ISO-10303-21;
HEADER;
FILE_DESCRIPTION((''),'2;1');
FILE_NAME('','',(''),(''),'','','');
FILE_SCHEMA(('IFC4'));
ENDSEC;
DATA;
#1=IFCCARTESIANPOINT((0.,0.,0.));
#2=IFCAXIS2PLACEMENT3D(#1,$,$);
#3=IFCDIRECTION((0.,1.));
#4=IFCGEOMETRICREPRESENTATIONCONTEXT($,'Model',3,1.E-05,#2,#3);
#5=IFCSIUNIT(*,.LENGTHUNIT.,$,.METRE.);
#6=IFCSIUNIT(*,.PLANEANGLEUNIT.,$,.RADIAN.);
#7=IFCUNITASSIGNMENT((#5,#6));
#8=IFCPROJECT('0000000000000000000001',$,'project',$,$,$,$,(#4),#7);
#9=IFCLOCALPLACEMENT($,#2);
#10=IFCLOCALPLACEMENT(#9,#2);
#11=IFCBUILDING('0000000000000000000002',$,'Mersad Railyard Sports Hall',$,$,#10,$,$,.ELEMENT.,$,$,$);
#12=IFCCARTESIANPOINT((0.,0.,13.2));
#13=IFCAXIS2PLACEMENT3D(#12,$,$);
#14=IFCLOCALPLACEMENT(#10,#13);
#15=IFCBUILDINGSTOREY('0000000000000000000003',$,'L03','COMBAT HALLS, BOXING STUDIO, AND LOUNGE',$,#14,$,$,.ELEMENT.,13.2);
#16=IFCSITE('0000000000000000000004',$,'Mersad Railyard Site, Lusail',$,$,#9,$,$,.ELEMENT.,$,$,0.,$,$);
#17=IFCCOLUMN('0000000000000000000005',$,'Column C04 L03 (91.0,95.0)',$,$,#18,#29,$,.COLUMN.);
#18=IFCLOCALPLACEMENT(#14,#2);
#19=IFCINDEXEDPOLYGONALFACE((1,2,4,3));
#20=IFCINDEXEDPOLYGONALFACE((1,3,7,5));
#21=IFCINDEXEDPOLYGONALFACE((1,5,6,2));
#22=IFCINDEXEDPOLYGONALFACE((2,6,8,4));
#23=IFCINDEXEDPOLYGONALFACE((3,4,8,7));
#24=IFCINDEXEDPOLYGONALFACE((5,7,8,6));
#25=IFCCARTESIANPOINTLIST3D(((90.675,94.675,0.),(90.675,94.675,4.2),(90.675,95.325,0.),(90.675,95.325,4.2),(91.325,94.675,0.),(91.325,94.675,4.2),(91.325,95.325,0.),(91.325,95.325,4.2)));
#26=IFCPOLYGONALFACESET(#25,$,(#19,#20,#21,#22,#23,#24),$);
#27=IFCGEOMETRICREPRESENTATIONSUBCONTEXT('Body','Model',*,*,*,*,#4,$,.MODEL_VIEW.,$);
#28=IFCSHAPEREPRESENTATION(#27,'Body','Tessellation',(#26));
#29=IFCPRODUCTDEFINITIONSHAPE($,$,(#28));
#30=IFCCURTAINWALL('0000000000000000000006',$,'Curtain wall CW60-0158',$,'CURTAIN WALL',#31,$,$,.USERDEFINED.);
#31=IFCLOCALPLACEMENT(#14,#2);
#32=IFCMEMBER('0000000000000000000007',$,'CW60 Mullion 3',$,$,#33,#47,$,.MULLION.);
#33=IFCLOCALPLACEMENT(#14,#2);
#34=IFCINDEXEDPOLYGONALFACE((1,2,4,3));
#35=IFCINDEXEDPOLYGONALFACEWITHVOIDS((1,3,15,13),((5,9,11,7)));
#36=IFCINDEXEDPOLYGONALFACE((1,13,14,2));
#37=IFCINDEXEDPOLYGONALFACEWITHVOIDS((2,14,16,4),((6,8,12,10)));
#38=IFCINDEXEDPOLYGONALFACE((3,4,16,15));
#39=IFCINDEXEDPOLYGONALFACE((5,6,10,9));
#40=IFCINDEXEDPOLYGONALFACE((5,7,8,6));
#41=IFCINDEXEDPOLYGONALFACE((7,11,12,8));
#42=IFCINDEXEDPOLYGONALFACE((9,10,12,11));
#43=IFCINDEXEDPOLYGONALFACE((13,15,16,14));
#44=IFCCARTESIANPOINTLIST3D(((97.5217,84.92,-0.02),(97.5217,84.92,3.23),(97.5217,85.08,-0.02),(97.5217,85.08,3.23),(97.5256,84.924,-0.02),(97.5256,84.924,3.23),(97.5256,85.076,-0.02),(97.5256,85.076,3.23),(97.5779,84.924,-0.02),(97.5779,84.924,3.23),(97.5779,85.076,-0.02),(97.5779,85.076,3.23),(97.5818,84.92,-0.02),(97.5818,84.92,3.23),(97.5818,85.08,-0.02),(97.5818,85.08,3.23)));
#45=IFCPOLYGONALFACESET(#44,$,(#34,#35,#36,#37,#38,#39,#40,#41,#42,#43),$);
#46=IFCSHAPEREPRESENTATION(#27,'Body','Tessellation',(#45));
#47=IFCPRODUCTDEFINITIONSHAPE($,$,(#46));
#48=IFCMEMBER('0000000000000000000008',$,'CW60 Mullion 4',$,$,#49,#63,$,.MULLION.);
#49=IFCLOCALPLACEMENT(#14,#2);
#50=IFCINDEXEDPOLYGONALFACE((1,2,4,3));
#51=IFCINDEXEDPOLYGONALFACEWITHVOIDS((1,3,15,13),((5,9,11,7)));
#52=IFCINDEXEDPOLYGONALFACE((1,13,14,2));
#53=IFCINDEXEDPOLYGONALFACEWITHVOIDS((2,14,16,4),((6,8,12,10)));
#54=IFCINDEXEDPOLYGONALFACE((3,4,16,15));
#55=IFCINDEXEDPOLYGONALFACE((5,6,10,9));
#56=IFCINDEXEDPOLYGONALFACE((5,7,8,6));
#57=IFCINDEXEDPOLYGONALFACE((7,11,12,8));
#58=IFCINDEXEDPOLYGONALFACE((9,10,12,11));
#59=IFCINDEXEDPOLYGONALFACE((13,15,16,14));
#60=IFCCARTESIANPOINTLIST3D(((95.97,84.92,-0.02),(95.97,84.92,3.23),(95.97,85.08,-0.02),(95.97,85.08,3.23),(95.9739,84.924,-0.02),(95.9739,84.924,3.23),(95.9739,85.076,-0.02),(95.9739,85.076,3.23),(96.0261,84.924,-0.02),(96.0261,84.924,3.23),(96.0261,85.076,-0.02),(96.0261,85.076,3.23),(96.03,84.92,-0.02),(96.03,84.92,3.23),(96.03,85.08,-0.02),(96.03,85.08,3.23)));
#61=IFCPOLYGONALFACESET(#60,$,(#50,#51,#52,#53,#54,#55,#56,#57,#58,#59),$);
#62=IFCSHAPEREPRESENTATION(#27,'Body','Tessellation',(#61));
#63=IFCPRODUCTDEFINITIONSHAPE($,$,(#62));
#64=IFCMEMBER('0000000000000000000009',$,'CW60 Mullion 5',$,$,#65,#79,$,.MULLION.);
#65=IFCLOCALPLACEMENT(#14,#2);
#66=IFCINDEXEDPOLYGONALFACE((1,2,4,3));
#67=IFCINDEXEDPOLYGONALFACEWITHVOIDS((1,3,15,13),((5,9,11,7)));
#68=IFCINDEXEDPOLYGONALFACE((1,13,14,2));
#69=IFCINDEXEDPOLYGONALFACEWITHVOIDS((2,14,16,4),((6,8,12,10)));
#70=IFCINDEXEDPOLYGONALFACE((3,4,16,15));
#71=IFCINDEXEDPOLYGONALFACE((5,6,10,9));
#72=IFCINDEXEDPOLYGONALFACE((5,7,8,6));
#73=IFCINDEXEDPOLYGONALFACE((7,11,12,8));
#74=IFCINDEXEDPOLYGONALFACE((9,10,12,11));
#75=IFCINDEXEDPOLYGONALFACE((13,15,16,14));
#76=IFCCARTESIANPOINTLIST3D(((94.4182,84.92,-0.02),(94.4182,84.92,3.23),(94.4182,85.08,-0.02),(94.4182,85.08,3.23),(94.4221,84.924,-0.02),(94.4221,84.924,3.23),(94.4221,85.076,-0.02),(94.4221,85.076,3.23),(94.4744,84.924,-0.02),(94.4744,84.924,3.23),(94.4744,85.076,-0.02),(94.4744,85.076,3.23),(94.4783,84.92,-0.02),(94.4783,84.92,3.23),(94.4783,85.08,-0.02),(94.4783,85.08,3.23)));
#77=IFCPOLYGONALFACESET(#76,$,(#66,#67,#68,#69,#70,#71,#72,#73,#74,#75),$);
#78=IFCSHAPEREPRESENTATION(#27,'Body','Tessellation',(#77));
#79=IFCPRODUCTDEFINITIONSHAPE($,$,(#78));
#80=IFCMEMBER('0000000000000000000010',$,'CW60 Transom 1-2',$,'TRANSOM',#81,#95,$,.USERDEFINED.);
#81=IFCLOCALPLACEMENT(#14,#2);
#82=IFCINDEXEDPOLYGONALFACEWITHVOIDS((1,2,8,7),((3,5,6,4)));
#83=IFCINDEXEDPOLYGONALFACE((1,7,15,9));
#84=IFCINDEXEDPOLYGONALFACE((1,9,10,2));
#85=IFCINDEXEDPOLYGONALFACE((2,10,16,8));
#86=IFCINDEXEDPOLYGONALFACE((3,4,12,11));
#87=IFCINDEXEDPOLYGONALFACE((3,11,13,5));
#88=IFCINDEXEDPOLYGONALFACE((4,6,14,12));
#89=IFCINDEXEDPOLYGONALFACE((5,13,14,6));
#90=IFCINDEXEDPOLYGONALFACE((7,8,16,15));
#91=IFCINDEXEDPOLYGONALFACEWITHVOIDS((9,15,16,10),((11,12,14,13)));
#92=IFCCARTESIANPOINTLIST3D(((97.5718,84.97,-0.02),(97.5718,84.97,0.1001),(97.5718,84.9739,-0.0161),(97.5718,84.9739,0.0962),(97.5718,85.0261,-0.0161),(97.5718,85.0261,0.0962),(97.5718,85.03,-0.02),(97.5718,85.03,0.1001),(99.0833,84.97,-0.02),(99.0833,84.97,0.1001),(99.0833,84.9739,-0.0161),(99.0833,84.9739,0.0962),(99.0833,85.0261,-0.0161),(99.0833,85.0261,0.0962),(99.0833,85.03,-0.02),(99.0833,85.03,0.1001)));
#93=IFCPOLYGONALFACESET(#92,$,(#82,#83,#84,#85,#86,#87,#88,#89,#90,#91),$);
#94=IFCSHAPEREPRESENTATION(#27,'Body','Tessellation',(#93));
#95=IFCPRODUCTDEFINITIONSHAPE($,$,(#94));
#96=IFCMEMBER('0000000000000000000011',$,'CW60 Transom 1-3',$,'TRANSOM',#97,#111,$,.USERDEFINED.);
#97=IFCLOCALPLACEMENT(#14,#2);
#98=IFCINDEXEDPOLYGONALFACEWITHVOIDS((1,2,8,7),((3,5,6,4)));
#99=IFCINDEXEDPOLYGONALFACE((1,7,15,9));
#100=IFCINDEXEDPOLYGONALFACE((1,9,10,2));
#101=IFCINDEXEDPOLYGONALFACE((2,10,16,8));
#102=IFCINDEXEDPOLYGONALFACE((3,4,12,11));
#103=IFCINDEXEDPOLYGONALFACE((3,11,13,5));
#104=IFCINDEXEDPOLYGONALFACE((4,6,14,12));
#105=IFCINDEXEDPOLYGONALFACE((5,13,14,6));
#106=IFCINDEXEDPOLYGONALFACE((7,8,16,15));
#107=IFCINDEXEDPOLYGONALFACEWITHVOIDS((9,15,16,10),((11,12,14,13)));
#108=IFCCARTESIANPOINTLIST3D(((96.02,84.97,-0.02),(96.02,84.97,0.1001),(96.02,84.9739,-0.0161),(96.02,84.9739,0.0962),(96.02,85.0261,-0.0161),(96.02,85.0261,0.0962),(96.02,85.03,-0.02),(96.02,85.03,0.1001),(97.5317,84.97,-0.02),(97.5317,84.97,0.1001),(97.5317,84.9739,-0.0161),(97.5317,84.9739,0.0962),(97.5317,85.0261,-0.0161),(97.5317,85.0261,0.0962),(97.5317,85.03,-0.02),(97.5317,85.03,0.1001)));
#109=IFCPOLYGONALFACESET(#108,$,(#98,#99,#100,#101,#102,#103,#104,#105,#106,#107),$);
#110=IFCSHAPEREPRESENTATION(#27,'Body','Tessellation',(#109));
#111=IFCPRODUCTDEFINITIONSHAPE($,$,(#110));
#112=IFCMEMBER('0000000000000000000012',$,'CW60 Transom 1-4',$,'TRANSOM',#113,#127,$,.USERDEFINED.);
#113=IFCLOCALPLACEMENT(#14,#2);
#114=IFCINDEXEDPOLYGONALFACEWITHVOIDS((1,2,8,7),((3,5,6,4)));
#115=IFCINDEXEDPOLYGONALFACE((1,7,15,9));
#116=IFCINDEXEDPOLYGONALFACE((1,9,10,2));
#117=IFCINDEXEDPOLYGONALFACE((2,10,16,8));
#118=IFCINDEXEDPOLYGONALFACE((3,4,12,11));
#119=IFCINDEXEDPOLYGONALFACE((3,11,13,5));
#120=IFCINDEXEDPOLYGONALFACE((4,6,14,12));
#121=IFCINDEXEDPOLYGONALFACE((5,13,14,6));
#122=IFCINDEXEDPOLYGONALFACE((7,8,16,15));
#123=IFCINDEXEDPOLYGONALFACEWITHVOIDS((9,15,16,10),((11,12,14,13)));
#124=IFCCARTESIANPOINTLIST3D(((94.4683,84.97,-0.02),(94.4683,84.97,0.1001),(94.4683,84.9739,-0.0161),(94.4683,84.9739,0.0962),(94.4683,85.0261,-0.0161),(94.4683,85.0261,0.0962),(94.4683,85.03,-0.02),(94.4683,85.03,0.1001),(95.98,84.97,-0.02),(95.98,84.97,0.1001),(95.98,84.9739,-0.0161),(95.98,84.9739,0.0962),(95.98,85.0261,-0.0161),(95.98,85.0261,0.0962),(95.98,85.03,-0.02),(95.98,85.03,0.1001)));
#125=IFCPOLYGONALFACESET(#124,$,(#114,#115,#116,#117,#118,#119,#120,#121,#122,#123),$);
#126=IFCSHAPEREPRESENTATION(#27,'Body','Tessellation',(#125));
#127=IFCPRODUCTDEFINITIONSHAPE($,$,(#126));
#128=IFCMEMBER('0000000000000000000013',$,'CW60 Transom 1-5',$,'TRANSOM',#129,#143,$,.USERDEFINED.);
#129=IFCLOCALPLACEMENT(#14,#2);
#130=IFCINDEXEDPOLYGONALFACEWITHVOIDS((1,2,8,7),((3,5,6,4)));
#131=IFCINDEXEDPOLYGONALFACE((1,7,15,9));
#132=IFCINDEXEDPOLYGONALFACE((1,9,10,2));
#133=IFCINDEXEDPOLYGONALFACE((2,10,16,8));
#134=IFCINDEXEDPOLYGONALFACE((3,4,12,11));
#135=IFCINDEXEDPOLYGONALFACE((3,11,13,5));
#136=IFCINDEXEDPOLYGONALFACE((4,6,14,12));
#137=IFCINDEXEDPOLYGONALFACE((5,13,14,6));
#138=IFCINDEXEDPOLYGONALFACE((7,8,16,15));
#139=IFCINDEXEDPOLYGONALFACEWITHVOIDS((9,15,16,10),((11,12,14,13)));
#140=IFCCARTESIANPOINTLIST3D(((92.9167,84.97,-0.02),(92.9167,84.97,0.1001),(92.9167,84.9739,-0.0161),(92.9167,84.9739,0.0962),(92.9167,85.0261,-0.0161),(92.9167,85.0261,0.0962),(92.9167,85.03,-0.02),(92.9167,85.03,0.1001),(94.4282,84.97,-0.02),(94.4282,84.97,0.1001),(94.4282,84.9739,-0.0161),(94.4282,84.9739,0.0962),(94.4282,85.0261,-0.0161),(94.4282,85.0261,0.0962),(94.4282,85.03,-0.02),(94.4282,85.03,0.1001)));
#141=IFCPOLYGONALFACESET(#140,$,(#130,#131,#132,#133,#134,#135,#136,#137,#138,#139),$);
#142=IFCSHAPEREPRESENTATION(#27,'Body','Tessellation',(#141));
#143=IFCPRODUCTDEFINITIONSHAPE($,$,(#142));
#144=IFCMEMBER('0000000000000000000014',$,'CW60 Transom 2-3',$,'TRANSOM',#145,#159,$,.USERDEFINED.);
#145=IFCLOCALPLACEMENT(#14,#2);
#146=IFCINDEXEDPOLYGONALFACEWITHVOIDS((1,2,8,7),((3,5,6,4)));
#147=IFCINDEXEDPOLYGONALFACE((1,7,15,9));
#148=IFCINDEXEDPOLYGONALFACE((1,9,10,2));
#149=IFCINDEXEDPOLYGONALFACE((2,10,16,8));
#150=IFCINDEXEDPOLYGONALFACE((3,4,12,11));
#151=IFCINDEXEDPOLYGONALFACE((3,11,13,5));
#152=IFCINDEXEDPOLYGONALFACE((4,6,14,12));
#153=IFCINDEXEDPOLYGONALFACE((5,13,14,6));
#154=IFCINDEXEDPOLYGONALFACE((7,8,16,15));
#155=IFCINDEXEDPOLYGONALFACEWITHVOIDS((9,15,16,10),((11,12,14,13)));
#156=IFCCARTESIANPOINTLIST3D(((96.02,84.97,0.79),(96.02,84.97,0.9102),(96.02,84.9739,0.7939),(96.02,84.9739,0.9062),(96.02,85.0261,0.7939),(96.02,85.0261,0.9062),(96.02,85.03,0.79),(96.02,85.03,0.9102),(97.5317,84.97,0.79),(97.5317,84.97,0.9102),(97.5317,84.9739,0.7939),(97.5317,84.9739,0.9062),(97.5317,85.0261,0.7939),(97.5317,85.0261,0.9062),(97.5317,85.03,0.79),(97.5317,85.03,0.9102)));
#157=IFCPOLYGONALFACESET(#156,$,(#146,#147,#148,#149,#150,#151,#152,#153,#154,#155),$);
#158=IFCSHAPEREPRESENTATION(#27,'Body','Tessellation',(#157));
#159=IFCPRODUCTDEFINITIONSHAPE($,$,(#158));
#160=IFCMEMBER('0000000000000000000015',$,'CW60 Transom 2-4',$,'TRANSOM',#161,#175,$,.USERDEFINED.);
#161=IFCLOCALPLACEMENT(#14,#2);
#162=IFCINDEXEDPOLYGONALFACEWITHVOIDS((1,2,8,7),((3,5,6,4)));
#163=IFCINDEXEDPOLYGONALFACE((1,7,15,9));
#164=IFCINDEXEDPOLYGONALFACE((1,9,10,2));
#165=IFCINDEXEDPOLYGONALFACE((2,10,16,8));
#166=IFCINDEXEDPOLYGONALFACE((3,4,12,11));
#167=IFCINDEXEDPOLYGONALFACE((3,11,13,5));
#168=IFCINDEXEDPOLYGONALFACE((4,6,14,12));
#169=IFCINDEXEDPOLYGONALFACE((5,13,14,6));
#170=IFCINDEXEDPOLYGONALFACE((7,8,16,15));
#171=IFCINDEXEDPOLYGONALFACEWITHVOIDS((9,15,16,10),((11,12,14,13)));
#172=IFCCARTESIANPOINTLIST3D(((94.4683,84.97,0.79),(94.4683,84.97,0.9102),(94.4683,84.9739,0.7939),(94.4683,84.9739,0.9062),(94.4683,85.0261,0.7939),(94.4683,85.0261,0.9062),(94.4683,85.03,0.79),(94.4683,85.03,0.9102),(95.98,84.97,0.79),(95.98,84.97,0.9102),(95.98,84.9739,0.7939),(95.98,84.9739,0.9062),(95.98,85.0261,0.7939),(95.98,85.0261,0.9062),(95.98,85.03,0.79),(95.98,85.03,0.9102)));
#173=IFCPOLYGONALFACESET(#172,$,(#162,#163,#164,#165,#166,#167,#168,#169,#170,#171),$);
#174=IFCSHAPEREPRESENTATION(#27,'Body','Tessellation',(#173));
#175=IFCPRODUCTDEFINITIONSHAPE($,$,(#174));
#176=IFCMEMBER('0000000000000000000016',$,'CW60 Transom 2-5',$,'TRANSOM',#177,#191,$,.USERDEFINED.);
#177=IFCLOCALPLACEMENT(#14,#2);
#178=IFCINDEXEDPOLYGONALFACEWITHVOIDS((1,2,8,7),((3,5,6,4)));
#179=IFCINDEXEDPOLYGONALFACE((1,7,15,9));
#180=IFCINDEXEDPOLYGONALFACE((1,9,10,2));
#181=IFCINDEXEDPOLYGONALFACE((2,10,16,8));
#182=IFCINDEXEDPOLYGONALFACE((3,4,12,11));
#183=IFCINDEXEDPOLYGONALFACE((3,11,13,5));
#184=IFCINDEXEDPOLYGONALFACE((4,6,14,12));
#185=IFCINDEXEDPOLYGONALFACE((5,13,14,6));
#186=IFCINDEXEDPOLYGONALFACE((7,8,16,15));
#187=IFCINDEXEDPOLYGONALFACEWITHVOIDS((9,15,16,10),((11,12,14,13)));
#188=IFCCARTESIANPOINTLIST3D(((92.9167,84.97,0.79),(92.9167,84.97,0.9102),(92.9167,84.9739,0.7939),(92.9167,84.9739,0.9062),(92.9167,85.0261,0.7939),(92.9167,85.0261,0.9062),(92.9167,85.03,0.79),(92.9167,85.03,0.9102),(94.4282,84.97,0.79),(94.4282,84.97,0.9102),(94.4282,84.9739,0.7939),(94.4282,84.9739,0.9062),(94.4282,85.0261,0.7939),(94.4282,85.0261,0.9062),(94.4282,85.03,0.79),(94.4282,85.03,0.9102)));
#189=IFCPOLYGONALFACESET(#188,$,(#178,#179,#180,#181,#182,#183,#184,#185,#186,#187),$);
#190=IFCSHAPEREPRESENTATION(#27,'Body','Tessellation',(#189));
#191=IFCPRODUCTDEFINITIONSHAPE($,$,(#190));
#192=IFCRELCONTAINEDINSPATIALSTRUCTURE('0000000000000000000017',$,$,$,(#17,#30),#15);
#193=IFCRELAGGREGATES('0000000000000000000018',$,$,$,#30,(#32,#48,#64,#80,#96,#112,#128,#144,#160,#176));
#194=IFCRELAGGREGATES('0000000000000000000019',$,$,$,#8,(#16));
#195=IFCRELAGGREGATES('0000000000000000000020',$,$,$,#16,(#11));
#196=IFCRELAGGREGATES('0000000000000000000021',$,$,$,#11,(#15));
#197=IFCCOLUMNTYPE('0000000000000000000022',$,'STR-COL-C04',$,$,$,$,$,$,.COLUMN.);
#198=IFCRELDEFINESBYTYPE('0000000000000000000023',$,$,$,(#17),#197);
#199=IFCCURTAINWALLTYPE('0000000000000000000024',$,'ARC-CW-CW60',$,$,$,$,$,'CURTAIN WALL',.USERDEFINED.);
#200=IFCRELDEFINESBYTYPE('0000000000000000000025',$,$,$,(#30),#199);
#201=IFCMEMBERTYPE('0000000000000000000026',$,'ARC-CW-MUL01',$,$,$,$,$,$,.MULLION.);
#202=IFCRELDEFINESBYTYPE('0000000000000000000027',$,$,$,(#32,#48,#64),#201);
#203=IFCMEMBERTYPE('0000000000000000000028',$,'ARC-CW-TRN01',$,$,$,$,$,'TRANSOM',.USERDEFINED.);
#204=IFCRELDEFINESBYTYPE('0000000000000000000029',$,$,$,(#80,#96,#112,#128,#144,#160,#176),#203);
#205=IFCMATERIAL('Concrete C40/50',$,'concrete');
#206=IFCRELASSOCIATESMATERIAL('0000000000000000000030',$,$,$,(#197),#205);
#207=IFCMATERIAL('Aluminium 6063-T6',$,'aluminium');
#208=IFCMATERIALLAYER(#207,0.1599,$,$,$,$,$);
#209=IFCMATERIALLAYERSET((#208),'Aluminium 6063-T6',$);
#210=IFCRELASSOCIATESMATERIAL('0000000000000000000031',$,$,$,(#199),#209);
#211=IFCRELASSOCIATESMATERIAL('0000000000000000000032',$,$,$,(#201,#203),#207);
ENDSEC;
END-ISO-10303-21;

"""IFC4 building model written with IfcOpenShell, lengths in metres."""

from ifc_helpers import new_model, si_unit, direction, frame, origin, origin_2d, place, context, subcontext, project, spatial, rectangle, hollow_rectangle, extrude, material, layer, layer_set, material_profile, profile_set, type_object, element, aggregate, save


model = new_model("IFC4")

# Units and contexts
model_context = context("Model", 3, precision=1e-05, world=origin(), true_north=direction((0.0, 1.0)))
body_context = subcontext(model_context, "Body", "Model", "MODEL_VIEW")
ifc_project = project(units=[si_unit("LENGTHUNIT", "METRE"), si_unit("PLANEANGLEUNIT", "RADIAN")], contexts=[model_context])

# Site, building, storey
site_placement = place(None, origin())
site = spatial("IfcSite", under=ifc_project, at=site_placement, Name="Mersad Railyard Site, Lusail", CompositionType="ELEMENT", RefElevation=0.0)
building_placement = place(site_placement, origin())
building = spatial("IfcBuilding", under=site, at=building_placement, Name="Mersad Railyard Sports Hall", CompositionType="ELEMENT")
storey_placement = place(building_placement, frame((0.0, 0.0, 13.2)))
storey = spatial("IfcBuildingStorey", under=building, at=storey_placement, Name="L03", Description="COMBAT HALLS, BOXING STUDIO, AND LOUNGE", CompositionType="ELEMENT", Elevation=13.2)

# Column
ifc_material_1 = material(Name="Concrete C40/50", Category="concrete")
ifc_material_profile_1 = material_profile(ifc_material_1, rectangle(XDim=0.6499, YDim=0.6499, at=origin_2d()), Name="RC 650x650")
ifc_profile_set_1 = profile_set([ifc_material_profile_1], Name="Concrete C40/50")
column_type = type_object("IfcColumnType", Name="STR-COL-C04", PredefinedType="COLUMN", material=ifc_profile_set_1)
column_placement = place(storey_placement, frame((91.0, 95.0, 0.0), z_axis=(0.0, 0.0, 1.0), x_axis=(1.0, 0.0, 0.0)))
element("IfcColumn", 1, at=column_placement, inside=storey, type_object=column_type, Name="Column C04 L03 (91.0,95.0)", PredefinedType="COLUMN", context=body_context, shape_type="SweptSolid", body=[
    extrude(rectangle(XDim=0.6499, YDim=0.6499, at=origin_2d()), origin(), (0.0, 0.0, 1.0), 4.2),
])

# Curtain wall, members
ifc_material_2 = material(Name="Aluminium 6063-T6", Category="aluminium")
ifc_layer_1 = layer(ifc_material_2, 0.1599)
ifc_layer_set_1 = layer_set([ifc_layer_1], Name="Aluminium 6063-T6")
curtain_wall_type = type_object("IfcCurtainWallType", Name="ARC-CW-CW60", ElementType="CURTAIN WALL", PredefinedType="USERDEFINED", material=ifc_layer_set_1)
curtain_wall_placement = place(storey_placement, origin())
curtain_wall = element("IfcCurtainWall", 2, at=curtain_wall_placement, inside=storey, type_object=curtain_wall_type, Name="Curtain wall CW60-0158", ObjectType="CURTAIN WALL", PredefinedType="USERDEFINED")
ifc_material_profile_2 = material_profile(ifc_material_2, hollow_rectangle(XDim=0.0601, YDim=0.1599, WallThickness=0.0039, at=origin_2d()), Name="AL MULLION 60x160x4")
ifc_profile_set_2 = profile_set([ifc_material_profile_2], Name="Aluminium 6063-T6")
member_type_1 = type_object("IfcMemberType", Name="ARC-CW-MUL01", PredefinedType="MULLION", material=ifc_profile_set_2)
member_1_placement = place(storey_placement, frame((97.5518, 85.0, -0.02), z_axis=(0.0, 0.0, 1.0), x_axis=(1.0, 0.0, 0.0)))
member_1 = element("IfcMember", 3, at=member_1_placement, type_object=member_type_1, Name="CW60 Mullion 3", PredefinedType="MULLION", context=body_context, shape_type="SweptSolid", body=[
    extrude(hollow_rectangle(XDim=0.0601, YDim=0.1599, WallThickness=0.0039, at=origin_2d()), origin(), (0.0, 0.0, 1.0), 3.25),
])
member_2_placement = place(storey_placement, frame((96.0, 85.0, -0.02), z_axis=(0.0, 0.0, 1.0), x_axis=(1.0, 0.0, 0.0)))
member_2 = element("IfcMember", 4, at=member_2_placement, type_object=member_type_1, Name="CW60 Mullion 4", PredefinedType="MULLION", context=body_context, shape_type="SweptSolid", body=[
    extrude(hollow_rectangle(XDim=0.0601, YDim=0.1599, WallThickness=0.0039, at=origin_2d()), origin(), (0.0, 0.0, 1.0), 3.25),
])
member_3_placement = place(storey_placement, frame((94.4482, 85.0, -0.02), z_axis=(0.0, 0.0, 1.0), x_axis=(1.0, 0.0, 0.0)))
member_3 = element("IfcMember", 5, at=member_3_placement, type_object=member_type_1, Name="CW60 Mullion 5", PredefinedType="MULLION", context=body_context, shape_type="SweptSolid", body=[
    extrude(hollow_rectangle(XDim=0.0601, YDim=0.1599, WallThickness=0.0039, at=origin_2d()), origin(), (0.0, 0.0, 1.0), 3.25),
])
ifc_material_profile_3 = material_profile(ifc_material_2, hollow_rectangle(XDim=0.0601, YDim=0.1201, WallThickness=0.0039, at=origin_2d()), Name="AL TRANSOM 60x120x4")
ifc_profile_set_3 = profile_set([ifc_material_profile_3], Name="Aluminium 6063-T6")
member_type_2 = type_object("IfcMemberType", Name="ARC-CW-TRN01", ElementType="TRANSOM", PredefinedType="USERDEFINED", material=ifc_profile_set_3)
member_4_placement = place(storey_placement, frame((99.0833, 85.0, 0.04), z_axis=(-1.0, 0.0, 0.0), x_axis=(0.0, -1.0, 0.0)))
member_4 = element("IfcMember", 6, at=member_4_placement, type_object=member_type_2, Name="CW60 Transom 1-2", ObjectType="TRANSOM", PredefinedType="USERDEFINED", context=body_context, shape_type="SweptSolid", body=[
    extrude(hollow_rectangle(XDim=0.0601, YDim=0.1201, WallThickness=0.0039, at=origin_2d()), origin(), (0.0, 0.0, 1.0), 1.5115),
])
member_5_placement = place(storey_placement, frame((97.5317, 85.0, 0.04), z_axis=(-1.0, 0.0, 0.0), x_axis=(0.0, -1.0, 0.0)))
member_5 = element("IfcMember", 7, at=member_5_placement, type_object=member_type_2, Name="CW60 Transom 1-3", ObjectType="TRANSOM", PredefinedType="USERDEFINED", context=body_context, shape_type="SweptSolid", body=[
    extrude(hollow_rectangle(XDim=0.0601, YDim=0.1201, WallThickness=0.0039, at=origin_2d()), origin(), (0.0, 0.0, 1.0), 1.5117),
])
member_6_placement = place(storey_placement, frame((95.98, 85.0, 0.04), z_axis=(-1.0, 0.0, 0.0), x_axis=(0.0, -1.0, 0.0)))
member_6 = element("IfcMember", 8, at=member_6_placement, type_object=member_type_2, Name="CW60 Transom 1-4", ObjectType="TRANSOM", PredefinedType="USERDEFINED", context=body_context, shape_type="SweptSolid", body=[
    extrude(hollow_rectangle(XDim=0.0601, YDim=0.1201, WallThickness=0.0039, at=origin_2d()), origin(), (0.0, 0.0, 1.0), 1.5117),
])
member_7_placement = place(storey_placement, frame((94.4282, 85.0, 0.04), z_axis=(-1.0, 0.0, 0.0), x_axis=(0.0, -1.0, 0.0)))
member_7 = element("IfcMember", 9, at=member_7_placement, type_object=member_type_2, Name="CW60 Transom 1-5", ObjectType="TRANSOM", PredefinedType="USERDEFINED", context=body_context, shape_type="SweptSolid", body=[
    extrude(hollow_rectangle(XDim=0.0601, YDim=0.1201, WallThickness=0.0039, at=origin_2d()), origin(), (0.0, 0.0, 1.0), 1.5115),
])
member_8_placement = place(storey_placement, frame((97.5317, 85.0, 0.8501), z_axis=(-1.0, 0.0, 0.0), x_axis=(0.0, -1.0, 0.0)))
member_8 = element("IfcMember", 10, at=member_8_placement, type_object=member_type_2, Name="CW60 Transom 2-3", ObjectType="TRANSOM", PredefinedType="USERDEFINED", context=body_context, shape_type="SweptSolid", body=[
    extrude(hollow_rectangle(XDim=0.0601, YDim=0.1201, WallThickness=0.0039, at=origin_2d()), origin(), (0.0, 0.0, 1.0), 1.5117),
])
member_9_placement = place(storey_placement, frame((95.98, 85.0, 0.8501), z_axis=(-1.0, 0.0, 0.0), x_axis=(0.0, -1.0, 0.0)))
member_9 = element("IfcMember", 11, at=member_9_placement, type_object=member_type_2, Name="CW60 Transom 2-4", ObjectType="TRANSOM", PredefinedType="USERDEFINED", context=body_context, shape_type="SweptSolid", body=[
    extrude(hollow_rectangle(XDim=0.0601, YDim=0.1201, WallThickness=0.0039, at=origin_2d()), origin(), (0.0, 0.0, 1.0), 1.5117),
])
member_10_placement = place(storey_placement, frame((94.4282, 85.0, 0.8501), z_axis=(-1.0, 0.0, 0.0), x_axis=(0.0, -1.0, 0.0)))
member_10 = element("IfcMember", 12, at=member_10_placement, type_object=member_type_2, Name="CW60 Transom 2-5", ObjectType="TRANSOM", PredefinedType="USERDEFINED", context=body_context, shape_type="SweptSolid", body=[
    extrude(hollow_rectangle(XDim=0.0601, YDim=0.1201, WallThickness=0.0039, at=origin_2d()), origin(), (0.0, 0.0, 1.0), 1.5115),
])

aggregate(curtain_wall, [member_1, member_2, member_3, member_4, member_5, member_6, member_7, member_8, member_9, member_10])

save(model, "model.ifc")
